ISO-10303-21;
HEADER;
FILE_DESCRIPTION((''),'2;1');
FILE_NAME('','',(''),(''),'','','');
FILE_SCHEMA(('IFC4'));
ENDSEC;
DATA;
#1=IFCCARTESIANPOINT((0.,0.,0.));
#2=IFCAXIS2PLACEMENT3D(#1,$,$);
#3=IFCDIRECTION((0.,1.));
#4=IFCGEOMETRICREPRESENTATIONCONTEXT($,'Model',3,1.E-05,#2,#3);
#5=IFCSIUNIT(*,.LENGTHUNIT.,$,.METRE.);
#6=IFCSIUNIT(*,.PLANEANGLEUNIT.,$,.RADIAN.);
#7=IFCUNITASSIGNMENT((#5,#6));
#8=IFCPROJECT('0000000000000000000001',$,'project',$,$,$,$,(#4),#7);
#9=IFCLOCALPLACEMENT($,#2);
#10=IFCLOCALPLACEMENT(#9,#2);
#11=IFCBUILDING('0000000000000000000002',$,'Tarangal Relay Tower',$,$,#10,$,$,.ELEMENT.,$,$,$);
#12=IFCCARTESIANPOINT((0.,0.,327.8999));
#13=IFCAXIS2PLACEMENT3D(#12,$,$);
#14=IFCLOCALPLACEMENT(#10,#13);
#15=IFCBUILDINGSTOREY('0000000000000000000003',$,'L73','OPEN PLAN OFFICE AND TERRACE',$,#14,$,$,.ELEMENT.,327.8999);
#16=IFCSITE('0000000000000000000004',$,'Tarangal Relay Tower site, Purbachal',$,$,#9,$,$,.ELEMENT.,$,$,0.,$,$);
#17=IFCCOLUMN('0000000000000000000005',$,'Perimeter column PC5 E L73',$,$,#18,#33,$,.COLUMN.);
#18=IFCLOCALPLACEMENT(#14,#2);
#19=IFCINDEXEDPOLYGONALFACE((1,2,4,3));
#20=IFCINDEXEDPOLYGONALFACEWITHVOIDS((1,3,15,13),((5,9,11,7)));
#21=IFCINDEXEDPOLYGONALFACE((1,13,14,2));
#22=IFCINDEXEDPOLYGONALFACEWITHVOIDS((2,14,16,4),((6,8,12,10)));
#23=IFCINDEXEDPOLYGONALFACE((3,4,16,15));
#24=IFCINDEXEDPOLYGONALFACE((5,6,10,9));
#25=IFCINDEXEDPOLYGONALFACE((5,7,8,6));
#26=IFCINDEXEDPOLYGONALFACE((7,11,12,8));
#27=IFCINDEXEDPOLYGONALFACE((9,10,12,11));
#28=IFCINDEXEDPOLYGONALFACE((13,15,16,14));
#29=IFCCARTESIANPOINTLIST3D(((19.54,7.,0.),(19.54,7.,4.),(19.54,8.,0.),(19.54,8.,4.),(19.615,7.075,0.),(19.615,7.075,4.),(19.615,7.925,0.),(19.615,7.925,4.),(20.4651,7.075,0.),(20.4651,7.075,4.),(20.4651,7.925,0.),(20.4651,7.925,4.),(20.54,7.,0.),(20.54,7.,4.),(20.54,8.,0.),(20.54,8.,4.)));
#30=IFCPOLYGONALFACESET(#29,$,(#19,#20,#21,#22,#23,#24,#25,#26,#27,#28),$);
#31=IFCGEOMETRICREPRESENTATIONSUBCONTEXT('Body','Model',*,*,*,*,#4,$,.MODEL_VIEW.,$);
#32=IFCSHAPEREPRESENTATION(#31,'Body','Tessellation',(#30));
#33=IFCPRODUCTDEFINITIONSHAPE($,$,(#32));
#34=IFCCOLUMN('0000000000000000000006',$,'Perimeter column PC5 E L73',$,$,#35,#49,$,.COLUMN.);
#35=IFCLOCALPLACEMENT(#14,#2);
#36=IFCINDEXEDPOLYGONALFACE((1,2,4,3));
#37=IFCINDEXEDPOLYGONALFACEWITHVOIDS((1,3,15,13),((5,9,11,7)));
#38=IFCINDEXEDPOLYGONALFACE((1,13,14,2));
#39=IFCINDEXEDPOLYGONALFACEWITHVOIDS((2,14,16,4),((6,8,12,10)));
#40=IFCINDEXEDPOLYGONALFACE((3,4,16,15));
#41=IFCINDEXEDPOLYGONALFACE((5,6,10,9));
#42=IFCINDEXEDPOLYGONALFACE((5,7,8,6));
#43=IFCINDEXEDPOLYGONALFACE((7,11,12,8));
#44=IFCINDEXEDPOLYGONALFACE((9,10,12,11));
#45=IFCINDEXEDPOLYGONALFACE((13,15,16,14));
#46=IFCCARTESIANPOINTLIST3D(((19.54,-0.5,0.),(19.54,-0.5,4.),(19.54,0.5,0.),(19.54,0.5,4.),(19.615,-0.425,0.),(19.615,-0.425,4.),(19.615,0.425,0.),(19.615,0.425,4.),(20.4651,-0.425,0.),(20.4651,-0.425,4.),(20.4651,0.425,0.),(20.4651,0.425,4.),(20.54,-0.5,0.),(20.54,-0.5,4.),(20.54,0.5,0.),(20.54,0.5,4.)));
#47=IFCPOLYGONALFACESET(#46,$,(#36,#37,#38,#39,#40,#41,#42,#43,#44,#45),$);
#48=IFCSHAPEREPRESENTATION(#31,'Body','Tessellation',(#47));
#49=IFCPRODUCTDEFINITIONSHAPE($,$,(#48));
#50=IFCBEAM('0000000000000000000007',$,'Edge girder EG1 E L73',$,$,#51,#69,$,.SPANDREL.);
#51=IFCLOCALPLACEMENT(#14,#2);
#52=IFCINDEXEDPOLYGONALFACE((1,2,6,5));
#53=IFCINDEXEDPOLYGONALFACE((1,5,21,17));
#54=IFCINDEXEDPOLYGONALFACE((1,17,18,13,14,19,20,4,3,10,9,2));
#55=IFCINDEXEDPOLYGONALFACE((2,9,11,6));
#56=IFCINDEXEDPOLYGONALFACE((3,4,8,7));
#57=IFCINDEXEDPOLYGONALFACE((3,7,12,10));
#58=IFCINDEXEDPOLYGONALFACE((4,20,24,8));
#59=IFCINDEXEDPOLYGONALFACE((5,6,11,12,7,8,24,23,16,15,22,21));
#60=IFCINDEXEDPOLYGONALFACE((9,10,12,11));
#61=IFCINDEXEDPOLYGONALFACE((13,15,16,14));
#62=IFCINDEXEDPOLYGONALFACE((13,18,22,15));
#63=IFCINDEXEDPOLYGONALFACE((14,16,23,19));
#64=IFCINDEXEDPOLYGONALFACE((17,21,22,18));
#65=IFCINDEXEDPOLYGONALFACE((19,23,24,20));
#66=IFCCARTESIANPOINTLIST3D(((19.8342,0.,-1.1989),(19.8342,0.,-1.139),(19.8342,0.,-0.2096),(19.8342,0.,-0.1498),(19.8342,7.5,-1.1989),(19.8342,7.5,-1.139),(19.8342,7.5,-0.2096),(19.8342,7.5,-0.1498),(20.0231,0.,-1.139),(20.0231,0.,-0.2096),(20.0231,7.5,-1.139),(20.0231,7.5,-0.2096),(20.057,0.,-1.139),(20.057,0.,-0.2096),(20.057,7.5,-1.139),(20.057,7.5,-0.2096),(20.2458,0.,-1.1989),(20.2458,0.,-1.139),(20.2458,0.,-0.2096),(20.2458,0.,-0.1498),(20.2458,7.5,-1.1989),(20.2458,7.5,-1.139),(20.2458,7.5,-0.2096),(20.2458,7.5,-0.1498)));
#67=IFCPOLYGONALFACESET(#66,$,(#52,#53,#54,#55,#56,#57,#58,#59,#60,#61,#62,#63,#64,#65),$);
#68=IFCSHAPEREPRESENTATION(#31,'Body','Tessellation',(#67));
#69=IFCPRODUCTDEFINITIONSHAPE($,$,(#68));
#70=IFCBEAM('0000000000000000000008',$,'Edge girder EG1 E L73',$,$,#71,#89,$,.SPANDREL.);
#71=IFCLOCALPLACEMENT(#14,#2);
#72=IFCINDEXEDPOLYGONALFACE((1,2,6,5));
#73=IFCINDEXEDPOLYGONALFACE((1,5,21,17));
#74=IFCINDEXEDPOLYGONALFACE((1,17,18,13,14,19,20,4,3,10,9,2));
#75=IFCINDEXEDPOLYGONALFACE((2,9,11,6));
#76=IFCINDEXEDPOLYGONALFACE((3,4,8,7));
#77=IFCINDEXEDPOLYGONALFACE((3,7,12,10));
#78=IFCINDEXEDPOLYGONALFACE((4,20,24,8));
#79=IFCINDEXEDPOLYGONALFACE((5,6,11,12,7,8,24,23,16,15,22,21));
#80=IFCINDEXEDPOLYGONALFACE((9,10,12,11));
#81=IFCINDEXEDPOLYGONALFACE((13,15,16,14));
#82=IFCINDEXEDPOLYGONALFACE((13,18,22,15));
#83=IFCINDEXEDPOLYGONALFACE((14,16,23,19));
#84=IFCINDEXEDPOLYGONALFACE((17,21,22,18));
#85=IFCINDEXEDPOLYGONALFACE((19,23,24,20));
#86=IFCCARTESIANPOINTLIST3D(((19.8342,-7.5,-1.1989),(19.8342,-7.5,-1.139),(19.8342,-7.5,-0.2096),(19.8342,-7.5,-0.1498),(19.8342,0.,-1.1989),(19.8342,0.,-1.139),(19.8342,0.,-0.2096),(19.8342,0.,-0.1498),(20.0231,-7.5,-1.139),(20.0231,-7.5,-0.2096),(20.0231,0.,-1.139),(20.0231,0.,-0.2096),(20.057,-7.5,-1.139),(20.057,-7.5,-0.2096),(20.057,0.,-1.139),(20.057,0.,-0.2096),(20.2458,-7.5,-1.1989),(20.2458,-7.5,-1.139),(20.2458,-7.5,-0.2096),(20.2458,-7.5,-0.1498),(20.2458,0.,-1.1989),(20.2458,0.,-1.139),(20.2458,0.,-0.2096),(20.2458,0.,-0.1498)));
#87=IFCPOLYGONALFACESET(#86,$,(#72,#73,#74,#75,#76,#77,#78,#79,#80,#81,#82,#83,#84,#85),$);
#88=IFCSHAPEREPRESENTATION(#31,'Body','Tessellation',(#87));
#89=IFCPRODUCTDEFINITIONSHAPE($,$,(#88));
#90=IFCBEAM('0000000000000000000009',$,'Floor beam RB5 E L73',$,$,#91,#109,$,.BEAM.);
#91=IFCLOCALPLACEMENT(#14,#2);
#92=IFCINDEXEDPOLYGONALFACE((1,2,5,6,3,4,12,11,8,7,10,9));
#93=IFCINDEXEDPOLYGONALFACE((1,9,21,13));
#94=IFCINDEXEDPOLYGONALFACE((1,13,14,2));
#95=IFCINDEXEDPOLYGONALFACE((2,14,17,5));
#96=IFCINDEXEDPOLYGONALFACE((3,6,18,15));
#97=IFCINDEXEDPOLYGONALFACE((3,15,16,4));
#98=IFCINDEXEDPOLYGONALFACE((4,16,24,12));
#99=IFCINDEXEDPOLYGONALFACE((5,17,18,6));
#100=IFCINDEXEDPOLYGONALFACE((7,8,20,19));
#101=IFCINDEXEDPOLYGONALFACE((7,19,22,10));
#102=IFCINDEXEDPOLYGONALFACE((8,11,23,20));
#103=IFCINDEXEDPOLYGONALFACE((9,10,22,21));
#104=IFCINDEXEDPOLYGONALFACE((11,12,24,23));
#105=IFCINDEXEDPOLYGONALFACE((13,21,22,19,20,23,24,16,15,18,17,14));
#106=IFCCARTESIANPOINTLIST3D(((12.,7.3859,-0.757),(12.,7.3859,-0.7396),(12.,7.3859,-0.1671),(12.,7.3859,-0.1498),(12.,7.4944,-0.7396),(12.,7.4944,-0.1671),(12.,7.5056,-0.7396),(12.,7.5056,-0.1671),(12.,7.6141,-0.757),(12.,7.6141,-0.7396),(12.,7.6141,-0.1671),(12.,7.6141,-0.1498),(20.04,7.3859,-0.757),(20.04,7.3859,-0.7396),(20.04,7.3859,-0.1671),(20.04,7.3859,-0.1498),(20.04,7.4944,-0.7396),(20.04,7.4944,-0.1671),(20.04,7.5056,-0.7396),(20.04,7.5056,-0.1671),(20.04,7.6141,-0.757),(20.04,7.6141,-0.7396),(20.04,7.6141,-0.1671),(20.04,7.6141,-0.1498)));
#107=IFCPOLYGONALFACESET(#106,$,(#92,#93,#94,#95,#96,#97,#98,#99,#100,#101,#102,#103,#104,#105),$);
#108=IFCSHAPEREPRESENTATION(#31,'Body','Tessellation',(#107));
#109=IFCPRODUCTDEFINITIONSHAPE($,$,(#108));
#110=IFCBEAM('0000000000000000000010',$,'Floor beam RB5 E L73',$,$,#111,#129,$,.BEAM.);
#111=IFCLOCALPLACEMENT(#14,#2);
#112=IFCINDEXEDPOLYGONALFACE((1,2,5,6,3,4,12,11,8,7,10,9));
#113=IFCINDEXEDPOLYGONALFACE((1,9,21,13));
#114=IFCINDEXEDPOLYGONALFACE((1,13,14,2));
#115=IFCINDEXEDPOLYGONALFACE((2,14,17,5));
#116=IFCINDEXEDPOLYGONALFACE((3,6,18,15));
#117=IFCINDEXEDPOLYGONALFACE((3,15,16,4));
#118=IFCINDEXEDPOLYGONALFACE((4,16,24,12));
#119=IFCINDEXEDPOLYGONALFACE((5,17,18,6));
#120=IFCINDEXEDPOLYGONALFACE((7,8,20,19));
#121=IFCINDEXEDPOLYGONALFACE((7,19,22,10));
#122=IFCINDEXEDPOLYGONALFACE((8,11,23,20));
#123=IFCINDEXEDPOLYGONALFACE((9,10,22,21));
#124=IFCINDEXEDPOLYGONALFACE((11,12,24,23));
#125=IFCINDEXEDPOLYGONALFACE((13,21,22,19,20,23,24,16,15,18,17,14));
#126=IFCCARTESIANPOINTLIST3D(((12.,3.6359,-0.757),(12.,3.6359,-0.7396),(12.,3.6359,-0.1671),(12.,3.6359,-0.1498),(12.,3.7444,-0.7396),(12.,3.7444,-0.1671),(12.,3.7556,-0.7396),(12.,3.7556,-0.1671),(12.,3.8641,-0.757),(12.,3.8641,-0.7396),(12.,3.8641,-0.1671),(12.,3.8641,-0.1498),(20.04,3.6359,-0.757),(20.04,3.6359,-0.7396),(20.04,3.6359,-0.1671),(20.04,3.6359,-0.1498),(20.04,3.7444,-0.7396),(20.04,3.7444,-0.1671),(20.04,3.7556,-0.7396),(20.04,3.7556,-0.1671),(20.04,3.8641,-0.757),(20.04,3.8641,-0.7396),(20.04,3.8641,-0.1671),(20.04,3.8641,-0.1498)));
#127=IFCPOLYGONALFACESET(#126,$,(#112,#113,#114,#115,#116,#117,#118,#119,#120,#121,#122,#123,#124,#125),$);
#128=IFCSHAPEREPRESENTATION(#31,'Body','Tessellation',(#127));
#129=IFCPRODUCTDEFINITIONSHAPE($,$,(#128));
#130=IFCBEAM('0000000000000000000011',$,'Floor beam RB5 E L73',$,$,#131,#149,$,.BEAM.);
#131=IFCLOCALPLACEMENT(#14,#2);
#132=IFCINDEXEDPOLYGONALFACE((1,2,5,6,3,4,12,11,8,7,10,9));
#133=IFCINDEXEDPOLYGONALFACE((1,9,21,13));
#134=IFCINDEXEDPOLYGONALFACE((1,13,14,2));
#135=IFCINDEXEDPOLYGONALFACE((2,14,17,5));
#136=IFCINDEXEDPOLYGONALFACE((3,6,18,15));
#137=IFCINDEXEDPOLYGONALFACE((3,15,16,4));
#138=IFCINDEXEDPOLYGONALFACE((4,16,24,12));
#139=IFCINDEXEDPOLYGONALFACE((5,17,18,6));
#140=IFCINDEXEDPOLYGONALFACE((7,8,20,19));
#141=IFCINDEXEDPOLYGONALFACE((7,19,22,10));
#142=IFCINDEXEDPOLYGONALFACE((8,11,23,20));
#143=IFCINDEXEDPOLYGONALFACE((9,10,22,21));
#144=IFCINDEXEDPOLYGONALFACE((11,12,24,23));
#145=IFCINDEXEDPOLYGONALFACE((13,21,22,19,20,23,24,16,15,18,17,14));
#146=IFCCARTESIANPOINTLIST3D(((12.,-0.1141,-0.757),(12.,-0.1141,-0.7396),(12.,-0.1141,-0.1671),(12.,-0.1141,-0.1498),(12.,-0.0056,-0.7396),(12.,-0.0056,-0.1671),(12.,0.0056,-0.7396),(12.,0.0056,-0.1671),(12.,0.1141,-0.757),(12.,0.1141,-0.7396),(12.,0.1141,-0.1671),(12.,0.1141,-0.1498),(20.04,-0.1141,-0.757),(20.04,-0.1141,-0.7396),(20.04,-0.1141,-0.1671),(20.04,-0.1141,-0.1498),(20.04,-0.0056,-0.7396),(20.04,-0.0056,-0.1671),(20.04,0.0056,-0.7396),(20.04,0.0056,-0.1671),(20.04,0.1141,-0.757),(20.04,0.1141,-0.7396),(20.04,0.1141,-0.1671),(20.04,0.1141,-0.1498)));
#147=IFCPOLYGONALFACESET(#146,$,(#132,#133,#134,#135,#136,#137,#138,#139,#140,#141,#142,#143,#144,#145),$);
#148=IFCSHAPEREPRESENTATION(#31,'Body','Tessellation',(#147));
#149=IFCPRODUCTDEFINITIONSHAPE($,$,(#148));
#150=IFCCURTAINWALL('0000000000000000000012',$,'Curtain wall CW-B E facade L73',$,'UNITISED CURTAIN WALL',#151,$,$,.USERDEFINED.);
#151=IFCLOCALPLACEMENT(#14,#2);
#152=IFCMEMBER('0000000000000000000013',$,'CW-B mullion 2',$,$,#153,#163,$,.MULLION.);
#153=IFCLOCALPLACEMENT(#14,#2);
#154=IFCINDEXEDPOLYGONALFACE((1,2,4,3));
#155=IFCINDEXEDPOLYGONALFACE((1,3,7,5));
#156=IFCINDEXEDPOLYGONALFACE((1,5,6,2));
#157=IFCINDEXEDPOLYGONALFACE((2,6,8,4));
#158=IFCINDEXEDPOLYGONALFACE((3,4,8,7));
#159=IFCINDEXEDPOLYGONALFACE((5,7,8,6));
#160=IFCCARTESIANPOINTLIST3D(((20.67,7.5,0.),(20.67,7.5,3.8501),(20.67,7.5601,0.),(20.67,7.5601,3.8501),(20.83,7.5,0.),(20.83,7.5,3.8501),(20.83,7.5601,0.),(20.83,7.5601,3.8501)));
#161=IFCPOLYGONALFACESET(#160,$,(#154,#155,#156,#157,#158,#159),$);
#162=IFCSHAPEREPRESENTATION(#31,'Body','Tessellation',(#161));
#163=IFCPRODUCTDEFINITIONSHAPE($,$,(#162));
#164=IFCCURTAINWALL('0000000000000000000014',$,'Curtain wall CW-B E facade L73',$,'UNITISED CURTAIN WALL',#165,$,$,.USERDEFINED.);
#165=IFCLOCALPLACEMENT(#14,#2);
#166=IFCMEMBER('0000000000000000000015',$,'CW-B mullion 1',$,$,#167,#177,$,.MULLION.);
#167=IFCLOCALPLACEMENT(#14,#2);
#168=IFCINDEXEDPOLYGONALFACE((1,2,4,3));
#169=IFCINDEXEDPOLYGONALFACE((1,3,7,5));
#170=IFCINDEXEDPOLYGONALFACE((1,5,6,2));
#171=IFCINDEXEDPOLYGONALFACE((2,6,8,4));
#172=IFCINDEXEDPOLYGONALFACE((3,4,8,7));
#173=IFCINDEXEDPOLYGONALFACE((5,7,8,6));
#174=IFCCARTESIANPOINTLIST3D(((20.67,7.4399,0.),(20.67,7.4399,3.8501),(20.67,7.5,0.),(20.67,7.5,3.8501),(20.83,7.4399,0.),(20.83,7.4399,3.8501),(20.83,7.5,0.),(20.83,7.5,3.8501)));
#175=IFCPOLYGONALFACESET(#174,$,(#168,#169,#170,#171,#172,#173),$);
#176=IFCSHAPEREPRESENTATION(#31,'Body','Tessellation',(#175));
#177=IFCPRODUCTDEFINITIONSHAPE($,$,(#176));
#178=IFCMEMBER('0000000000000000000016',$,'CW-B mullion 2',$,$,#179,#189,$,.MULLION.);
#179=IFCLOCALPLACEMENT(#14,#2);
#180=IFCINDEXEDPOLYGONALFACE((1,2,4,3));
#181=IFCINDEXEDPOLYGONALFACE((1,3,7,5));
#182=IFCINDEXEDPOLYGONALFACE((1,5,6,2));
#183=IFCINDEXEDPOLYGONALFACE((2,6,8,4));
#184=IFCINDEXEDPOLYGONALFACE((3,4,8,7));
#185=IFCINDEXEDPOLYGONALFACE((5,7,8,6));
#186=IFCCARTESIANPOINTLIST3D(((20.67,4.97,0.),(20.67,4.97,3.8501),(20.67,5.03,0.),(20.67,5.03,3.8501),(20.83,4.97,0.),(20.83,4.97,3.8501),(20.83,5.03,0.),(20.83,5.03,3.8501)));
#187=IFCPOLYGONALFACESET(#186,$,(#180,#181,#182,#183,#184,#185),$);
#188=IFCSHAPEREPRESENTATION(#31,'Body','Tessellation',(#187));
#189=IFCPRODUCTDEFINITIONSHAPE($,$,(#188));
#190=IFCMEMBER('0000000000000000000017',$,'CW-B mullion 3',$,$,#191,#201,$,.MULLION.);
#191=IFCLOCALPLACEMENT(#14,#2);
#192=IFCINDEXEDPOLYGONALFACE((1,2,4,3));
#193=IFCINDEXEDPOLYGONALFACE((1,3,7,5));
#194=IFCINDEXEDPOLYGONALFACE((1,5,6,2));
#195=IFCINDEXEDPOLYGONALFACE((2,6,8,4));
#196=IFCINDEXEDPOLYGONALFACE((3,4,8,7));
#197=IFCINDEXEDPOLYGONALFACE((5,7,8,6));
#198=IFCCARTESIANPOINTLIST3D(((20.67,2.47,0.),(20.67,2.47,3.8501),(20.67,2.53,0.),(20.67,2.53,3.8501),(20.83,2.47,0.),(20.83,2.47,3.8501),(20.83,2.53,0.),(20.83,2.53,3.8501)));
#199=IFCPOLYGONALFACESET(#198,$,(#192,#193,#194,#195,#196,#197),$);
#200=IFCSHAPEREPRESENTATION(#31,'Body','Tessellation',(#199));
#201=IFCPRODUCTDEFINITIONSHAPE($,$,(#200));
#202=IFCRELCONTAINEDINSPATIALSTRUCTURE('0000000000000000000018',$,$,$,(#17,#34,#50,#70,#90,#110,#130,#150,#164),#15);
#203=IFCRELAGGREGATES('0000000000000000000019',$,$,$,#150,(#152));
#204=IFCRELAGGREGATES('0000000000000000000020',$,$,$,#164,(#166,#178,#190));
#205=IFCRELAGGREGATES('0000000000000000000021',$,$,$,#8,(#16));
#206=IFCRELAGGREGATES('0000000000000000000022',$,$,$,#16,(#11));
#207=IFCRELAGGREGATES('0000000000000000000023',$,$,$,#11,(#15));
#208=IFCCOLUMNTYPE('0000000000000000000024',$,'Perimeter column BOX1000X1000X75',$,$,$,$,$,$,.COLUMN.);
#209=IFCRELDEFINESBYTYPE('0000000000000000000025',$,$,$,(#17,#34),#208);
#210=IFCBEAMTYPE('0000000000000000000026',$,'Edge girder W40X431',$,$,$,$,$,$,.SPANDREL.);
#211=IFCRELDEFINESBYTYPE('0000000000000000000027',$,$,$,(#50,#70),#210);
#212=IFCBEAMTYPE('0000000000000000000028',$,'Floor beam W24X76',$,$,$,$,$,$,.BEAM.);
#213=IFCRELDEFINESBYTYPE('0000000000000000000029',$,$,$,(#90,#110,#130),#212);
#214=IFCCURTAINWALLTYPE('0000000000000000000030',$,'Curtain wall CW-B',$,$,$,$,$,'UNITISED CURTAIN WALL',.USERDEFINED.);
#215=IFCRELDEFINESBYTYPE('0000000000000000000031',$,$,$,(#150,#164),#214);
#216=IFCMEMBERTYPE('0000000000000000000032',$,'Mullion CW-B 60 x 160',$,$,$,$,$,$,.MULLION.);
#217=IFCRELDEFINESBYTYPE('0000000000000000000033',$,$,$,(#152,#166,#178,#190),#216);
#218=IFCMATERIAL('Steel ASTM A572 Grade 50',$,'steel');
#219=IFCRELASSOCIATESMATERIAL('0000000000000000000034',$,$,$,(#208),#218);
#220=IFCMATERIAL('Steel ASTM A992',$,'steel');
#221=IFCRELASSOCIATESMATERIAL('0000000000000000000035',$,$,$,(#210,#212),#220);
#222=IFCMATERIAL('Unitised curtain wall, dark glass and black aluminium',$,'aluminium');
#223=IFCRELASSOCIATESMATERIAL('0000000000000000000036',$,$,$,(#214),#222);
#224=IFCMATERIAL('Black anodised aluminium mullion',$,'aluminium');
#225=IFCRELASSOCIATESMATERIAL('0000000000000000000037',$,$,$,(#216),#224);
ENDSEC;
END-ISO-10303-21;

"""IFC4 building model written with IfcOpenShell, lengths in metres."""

from ifc_helpers import new_model, si_unit, direction, frame, origin, origin_2d, place, context, subcontext, project, spatial, rectangle, hollow_rectangle, i_section, extrude, material, material_profile, profile_set, type_object, element, aggregate, save


model = new_model("IFC4")

# Units and contexts
model_context = context("Model", 3, precision=1e-05, world=origin(), true_north=direction((0.0, 1.0)))
body_context = subcontext(model_context, "Body", "Model", "MODEL_VIEW")
ifc_project = project(units=[si_unit("LENGTHUNIT", "METRE"), si_unit("PLANEANGLEUNIT", "RADIAN")], contexts=[model_context])

# Site, building, storey
site_placement = place(None, origin())
site = spatial("IfcSite", under=ifc_project, at=site_placement, Name="Tarangal Relay Tower site, Purbachal", CompositionType="ELEMENT", RefElevation=0.0)
building_placement = place(site_placement, origin())
building = spatial("IfcBuilding", under=site, at=building_placement, Name="Tarangal Relay Tower", CompositionType="ELEMENT")
storey_placement = place(building_placement, frame((0.0, 0.0, 327.8999)))
storey = spatial("IfcBuildingStorey", under=building, at=storey_placement, Name="L73", Description="OPEN PLAN OFFICE AND TERRACE", CompositionType="ELEMENT", Elevation=327.8999)

# Columns
ifc_material_1 = material(Name="Steel ASTM A572 Grade 50", Category="steel")
ifc_material_profile_1 = material_profile(ifc_material_1, hollow_rectangle(XDim=1.0, YDim=1.0, WallThickness=0.075, at=origin_2d()), Name="BOX1000X1000X75")
ifc_profile_set_1 = profile_set([ifc_material_profile_1], Name="Steel ASTM A572 Grade 50")
column_type = type_object("IfcColumnType", Name="Perimeter column BOX1000X1000X75", PredefinedType="COLUMN", material=ifc_profile_set_1)
for number, where, z_axis, x_axis, name in (
    (1, (20.04, 7.5, 0.0), (0.0, 0.0, 1.0), (1.0, 0.0, 0.0), "Perimeter column PC5 E L73"),
    (2, (20.04, 0.0, 0.0), (0.0, 0.0, 1.0), (1.0, 0.0, 0.0), "Perimeter column PC5 E L73"),
):
    element("IfcColumn", number, at=place(storey_placement, frame(where, z_axis=z_axis, x_axis=x_axis)), inside=storey, type_object=column_type, Name=name, PredefinedType="COLUMN", context=body_context, shape_type="SweptSolid", body=[
        extrude(hollow_rectangle(XDim=1.0, YDim=1.0, WallThickness=0.075, at=origin_2d()), origin(), (0.0, 0.0, 1.0), 4.0),
    ])

# Beams
ifc_material_2 = material(Name="Steel ASTM A992", Category="steel")
ifc_material_profile_2 = material_profile(ifc_material_2, i_section(OverallWidth=0.4116, OverallDepth=1.0491, WebThickness=0.0339, FlangeThickness=0.0598, at=origin_2d()), Name="W40X431")
ifc_profile_set_2 = profile_set([ifc_material_profile_2], Name="Steel ASTM A992")
beam_type_1 = type_object("IfcBeamType", Name="Edge girder W40X431", PredefinedType="SPANDREL", material=ifc_profile_set_2)
for number, where, z_axis, x_axis, name in (
    (3, (20.04, 7.5, -0.6743), (0.0, -1.0, 0.0), (1.0, 0.0, 0.0), "Edge girder EG1 E L73"),
    (4, (20.04, 0.0, -0.6743), (0.0, -1.0, 0.0), (1.0, 0.0, 0.0), "Edge girder EG1 E L73"),
):
    element("IfcBeam", number, at=place(storey_placement, frame(where, z_axis=z_axis, x_axis=x_axis)), inside=storey, type_object=beam_type_1, Name=name, PredefinedType="SPANDREL", context=body_context, shape_type="SweptSolid", body=[
        extrude(i_section(OverallWidth=0.4116, OverallDepth=1.0491, WebThickness=0.0339, FlangeThickness=0.0598, at=origin_2d()), origin(), (0.0, 0.0, 1.0), 7.5),
    ])
ifc_material_profile_3 = material_profile(ifc_material_2, i_section(OverallWidth=0.2283, OverallDepth=0.6072, WebThickness=0.0112, FlangeThickness=0.0173, at=origin_2d()), Name="W24X76")
ifc_profile_set_3 = profile_set([ifc_material_profile_3], Name="Steel ASTM A992")
beam_type_2 = type_object("IfcBeamType", Name="Floor beam W24X76", PredefinedType="BEAM", material=ifc_profile_set_3)
for number, where, z_axis, x_axis, name in (
    (5, (12.0, 7.5, -0.4534), (1.0, 0.0, 0.0), (0.0, 1.0, 0.0), "Floor beam RB5 E L73"),
    (6, (12.0, 3.75, -0.4534), (1.0, 0.0, 0.0), (0.0, 1.0, 0.0), "Floor beam RB5 E L73"),
    (7, (12.0, 0.0, -0.4534), (1.0, 0.0, 0.0), (0.0, 1.0, 0.0), "Floor beam RB5 E L73"),
):
    element("IfcBeam", number, at=place(storey_placement, frame(where, z_axis=z_axis, x_axis=x_axis)), inside=storey, type_object=beam_type_2, Name=name, PredefinedType="BEAM", context=body_context, shape_type="SweptSolid", body=[
        extrude(i_section(OverallWidth=0.2283, OverallDepth=0.6072, WebThickness=0.0112, FlangeThickness=0.0173, at=origin_2d()), origin(), (0.0, 0.0, 1.0), 8.04),
    ])

# Curtain wall, member
ifc_material_3 = material(Name="Unitised curtain wall, dark glass and black aluminium", Category="aluminium")
curtain_wall_type = type_object("IfcCurtainWallType", Name="Curtain wall CW-B", ElementType="UNITISED CURTAIN WALL", PredefinedType="USERDEFINED", material=ifc_material_3)
curtain_wall_1_placement = place(storey_placement, origin())
curtain_wall_1 = element("IfcCurtainWall", 8, at=curtain_wall_1_placement, inside=storey, type_object=curtain_wall_type, Name="Curtain wall CW-B E facade L73", ObjectType="UNITISED CURTAIN WALL", PredefinedType="USERDEFINED")
ifc_material_4 = material(Name="Black anodised aluminium mullion", Category="aluminium")
ifc_material_profile_4 = material_profile(ifc_material_4, rectangle(XDim=0.1599, YDim=0.0601, at=origin_2d()), Name="CW-BM 60X160")
ifc_profile_set_4 = profile_set([ifc_material_profile_4], Name="Black anodised aluminium mullion")
member_type_1 = type_object("IfcMemberType", Name="Mullion CW-B 60 x 160", PredefinedType="MULLION", material=ifc_profile_set_4)
member_1_placement = place(storey_placement, frame((20.75, 7.53, 0.0), z_axis=(0.0, 0.0, 1.0), x_axis=(1.0, 0.0, 0.0)))
member_1 = element("IfcMember", 9, at=member_1_placement, type_object=member_type_1, Name="CW-B mullion 2", PredefinedType="MULLION", context=body_context, shape_type="SweptSolid", body=[
    extrude(rectangle(XDim=0.1599, YDim=0.0601, at=origin_2d()), origin(), (0.0, 0.0, 1.0), 3.8501),
])

# Curtain wall, members
curtain_wall_2_placement = place(storey_placement, origin())
curtain_wall_2 = element("IfcCurtainWall", 10, at=curtain_wall_2_placement, inside=storey, type_object=curtain_wall_type, Name="Curtain wall CW-B E facade L73", ObjectType="UNITISED CURTAIN WALL", PredefinedType="USERDEFINED")
member_2_placement = place(storey_placement, frame((20.75, 7.47, 0.0), z_axis=(0.0, 0.0, 1.0), x_axis=(1.0, 0.0, 0.0)))
member_2 = element("IfcMember", 11, at=member_2_placement, type_object=member_type_1, Name="CW-B mullion 1", PredefinedType="MULLION", context=body_context, shape_type="SweptSolid", body=[
    extrude(rectangle(XDim=0.1599, YDim=0.0601, at=origin_2d()), origin(), (0.0, 0.0, 1.0), 3.8501),
])
member_3_placement = place(storey_placement, frame((20.75, 5.0, 0.0), z_axis=(0.0, 0.0, 1.0), x_axis=(1.0, 0.0, 0.0)))
member_3 = element("IfcMember", 12, at=member_3_placement, type_object=member_type_1, Name="CW-B mullion 2", PredefinedType="MULLION", context=body_context, shape_type="SweptSolid", body=[
    extrude(rectangle(XDim=0.1599, YDim=0.0601, at=origin_2d()), origin(), (0.0, 0.0, 1.0), 3.8501),
])
member_4_placement = place(storey_placement, frame((20.75, 2.5, 0.0), z_axis=(0.0, 0.0, 1.0), x_axis=(1.0, 0.0, 0.0)))
member_4 = element("IfcMember", 13, at=member_4_placement, type_object=member_type_1, Name="CW-B mullion 3", PredefinedType="MULLION", context=body_context, shape_type="SweptSolid", body=[
    extrude(rectangle(XDim=0.1599, YDim=0.0601, at=origin_2d()), origin(), (0.0, 0.0, 1.0), 3.8501),
])

aggregate(curtain_wall_1, [member_1])
aggregate(curtain_wall_2, [member_2, member_3, member_4])

save(model, "model.ifc")
